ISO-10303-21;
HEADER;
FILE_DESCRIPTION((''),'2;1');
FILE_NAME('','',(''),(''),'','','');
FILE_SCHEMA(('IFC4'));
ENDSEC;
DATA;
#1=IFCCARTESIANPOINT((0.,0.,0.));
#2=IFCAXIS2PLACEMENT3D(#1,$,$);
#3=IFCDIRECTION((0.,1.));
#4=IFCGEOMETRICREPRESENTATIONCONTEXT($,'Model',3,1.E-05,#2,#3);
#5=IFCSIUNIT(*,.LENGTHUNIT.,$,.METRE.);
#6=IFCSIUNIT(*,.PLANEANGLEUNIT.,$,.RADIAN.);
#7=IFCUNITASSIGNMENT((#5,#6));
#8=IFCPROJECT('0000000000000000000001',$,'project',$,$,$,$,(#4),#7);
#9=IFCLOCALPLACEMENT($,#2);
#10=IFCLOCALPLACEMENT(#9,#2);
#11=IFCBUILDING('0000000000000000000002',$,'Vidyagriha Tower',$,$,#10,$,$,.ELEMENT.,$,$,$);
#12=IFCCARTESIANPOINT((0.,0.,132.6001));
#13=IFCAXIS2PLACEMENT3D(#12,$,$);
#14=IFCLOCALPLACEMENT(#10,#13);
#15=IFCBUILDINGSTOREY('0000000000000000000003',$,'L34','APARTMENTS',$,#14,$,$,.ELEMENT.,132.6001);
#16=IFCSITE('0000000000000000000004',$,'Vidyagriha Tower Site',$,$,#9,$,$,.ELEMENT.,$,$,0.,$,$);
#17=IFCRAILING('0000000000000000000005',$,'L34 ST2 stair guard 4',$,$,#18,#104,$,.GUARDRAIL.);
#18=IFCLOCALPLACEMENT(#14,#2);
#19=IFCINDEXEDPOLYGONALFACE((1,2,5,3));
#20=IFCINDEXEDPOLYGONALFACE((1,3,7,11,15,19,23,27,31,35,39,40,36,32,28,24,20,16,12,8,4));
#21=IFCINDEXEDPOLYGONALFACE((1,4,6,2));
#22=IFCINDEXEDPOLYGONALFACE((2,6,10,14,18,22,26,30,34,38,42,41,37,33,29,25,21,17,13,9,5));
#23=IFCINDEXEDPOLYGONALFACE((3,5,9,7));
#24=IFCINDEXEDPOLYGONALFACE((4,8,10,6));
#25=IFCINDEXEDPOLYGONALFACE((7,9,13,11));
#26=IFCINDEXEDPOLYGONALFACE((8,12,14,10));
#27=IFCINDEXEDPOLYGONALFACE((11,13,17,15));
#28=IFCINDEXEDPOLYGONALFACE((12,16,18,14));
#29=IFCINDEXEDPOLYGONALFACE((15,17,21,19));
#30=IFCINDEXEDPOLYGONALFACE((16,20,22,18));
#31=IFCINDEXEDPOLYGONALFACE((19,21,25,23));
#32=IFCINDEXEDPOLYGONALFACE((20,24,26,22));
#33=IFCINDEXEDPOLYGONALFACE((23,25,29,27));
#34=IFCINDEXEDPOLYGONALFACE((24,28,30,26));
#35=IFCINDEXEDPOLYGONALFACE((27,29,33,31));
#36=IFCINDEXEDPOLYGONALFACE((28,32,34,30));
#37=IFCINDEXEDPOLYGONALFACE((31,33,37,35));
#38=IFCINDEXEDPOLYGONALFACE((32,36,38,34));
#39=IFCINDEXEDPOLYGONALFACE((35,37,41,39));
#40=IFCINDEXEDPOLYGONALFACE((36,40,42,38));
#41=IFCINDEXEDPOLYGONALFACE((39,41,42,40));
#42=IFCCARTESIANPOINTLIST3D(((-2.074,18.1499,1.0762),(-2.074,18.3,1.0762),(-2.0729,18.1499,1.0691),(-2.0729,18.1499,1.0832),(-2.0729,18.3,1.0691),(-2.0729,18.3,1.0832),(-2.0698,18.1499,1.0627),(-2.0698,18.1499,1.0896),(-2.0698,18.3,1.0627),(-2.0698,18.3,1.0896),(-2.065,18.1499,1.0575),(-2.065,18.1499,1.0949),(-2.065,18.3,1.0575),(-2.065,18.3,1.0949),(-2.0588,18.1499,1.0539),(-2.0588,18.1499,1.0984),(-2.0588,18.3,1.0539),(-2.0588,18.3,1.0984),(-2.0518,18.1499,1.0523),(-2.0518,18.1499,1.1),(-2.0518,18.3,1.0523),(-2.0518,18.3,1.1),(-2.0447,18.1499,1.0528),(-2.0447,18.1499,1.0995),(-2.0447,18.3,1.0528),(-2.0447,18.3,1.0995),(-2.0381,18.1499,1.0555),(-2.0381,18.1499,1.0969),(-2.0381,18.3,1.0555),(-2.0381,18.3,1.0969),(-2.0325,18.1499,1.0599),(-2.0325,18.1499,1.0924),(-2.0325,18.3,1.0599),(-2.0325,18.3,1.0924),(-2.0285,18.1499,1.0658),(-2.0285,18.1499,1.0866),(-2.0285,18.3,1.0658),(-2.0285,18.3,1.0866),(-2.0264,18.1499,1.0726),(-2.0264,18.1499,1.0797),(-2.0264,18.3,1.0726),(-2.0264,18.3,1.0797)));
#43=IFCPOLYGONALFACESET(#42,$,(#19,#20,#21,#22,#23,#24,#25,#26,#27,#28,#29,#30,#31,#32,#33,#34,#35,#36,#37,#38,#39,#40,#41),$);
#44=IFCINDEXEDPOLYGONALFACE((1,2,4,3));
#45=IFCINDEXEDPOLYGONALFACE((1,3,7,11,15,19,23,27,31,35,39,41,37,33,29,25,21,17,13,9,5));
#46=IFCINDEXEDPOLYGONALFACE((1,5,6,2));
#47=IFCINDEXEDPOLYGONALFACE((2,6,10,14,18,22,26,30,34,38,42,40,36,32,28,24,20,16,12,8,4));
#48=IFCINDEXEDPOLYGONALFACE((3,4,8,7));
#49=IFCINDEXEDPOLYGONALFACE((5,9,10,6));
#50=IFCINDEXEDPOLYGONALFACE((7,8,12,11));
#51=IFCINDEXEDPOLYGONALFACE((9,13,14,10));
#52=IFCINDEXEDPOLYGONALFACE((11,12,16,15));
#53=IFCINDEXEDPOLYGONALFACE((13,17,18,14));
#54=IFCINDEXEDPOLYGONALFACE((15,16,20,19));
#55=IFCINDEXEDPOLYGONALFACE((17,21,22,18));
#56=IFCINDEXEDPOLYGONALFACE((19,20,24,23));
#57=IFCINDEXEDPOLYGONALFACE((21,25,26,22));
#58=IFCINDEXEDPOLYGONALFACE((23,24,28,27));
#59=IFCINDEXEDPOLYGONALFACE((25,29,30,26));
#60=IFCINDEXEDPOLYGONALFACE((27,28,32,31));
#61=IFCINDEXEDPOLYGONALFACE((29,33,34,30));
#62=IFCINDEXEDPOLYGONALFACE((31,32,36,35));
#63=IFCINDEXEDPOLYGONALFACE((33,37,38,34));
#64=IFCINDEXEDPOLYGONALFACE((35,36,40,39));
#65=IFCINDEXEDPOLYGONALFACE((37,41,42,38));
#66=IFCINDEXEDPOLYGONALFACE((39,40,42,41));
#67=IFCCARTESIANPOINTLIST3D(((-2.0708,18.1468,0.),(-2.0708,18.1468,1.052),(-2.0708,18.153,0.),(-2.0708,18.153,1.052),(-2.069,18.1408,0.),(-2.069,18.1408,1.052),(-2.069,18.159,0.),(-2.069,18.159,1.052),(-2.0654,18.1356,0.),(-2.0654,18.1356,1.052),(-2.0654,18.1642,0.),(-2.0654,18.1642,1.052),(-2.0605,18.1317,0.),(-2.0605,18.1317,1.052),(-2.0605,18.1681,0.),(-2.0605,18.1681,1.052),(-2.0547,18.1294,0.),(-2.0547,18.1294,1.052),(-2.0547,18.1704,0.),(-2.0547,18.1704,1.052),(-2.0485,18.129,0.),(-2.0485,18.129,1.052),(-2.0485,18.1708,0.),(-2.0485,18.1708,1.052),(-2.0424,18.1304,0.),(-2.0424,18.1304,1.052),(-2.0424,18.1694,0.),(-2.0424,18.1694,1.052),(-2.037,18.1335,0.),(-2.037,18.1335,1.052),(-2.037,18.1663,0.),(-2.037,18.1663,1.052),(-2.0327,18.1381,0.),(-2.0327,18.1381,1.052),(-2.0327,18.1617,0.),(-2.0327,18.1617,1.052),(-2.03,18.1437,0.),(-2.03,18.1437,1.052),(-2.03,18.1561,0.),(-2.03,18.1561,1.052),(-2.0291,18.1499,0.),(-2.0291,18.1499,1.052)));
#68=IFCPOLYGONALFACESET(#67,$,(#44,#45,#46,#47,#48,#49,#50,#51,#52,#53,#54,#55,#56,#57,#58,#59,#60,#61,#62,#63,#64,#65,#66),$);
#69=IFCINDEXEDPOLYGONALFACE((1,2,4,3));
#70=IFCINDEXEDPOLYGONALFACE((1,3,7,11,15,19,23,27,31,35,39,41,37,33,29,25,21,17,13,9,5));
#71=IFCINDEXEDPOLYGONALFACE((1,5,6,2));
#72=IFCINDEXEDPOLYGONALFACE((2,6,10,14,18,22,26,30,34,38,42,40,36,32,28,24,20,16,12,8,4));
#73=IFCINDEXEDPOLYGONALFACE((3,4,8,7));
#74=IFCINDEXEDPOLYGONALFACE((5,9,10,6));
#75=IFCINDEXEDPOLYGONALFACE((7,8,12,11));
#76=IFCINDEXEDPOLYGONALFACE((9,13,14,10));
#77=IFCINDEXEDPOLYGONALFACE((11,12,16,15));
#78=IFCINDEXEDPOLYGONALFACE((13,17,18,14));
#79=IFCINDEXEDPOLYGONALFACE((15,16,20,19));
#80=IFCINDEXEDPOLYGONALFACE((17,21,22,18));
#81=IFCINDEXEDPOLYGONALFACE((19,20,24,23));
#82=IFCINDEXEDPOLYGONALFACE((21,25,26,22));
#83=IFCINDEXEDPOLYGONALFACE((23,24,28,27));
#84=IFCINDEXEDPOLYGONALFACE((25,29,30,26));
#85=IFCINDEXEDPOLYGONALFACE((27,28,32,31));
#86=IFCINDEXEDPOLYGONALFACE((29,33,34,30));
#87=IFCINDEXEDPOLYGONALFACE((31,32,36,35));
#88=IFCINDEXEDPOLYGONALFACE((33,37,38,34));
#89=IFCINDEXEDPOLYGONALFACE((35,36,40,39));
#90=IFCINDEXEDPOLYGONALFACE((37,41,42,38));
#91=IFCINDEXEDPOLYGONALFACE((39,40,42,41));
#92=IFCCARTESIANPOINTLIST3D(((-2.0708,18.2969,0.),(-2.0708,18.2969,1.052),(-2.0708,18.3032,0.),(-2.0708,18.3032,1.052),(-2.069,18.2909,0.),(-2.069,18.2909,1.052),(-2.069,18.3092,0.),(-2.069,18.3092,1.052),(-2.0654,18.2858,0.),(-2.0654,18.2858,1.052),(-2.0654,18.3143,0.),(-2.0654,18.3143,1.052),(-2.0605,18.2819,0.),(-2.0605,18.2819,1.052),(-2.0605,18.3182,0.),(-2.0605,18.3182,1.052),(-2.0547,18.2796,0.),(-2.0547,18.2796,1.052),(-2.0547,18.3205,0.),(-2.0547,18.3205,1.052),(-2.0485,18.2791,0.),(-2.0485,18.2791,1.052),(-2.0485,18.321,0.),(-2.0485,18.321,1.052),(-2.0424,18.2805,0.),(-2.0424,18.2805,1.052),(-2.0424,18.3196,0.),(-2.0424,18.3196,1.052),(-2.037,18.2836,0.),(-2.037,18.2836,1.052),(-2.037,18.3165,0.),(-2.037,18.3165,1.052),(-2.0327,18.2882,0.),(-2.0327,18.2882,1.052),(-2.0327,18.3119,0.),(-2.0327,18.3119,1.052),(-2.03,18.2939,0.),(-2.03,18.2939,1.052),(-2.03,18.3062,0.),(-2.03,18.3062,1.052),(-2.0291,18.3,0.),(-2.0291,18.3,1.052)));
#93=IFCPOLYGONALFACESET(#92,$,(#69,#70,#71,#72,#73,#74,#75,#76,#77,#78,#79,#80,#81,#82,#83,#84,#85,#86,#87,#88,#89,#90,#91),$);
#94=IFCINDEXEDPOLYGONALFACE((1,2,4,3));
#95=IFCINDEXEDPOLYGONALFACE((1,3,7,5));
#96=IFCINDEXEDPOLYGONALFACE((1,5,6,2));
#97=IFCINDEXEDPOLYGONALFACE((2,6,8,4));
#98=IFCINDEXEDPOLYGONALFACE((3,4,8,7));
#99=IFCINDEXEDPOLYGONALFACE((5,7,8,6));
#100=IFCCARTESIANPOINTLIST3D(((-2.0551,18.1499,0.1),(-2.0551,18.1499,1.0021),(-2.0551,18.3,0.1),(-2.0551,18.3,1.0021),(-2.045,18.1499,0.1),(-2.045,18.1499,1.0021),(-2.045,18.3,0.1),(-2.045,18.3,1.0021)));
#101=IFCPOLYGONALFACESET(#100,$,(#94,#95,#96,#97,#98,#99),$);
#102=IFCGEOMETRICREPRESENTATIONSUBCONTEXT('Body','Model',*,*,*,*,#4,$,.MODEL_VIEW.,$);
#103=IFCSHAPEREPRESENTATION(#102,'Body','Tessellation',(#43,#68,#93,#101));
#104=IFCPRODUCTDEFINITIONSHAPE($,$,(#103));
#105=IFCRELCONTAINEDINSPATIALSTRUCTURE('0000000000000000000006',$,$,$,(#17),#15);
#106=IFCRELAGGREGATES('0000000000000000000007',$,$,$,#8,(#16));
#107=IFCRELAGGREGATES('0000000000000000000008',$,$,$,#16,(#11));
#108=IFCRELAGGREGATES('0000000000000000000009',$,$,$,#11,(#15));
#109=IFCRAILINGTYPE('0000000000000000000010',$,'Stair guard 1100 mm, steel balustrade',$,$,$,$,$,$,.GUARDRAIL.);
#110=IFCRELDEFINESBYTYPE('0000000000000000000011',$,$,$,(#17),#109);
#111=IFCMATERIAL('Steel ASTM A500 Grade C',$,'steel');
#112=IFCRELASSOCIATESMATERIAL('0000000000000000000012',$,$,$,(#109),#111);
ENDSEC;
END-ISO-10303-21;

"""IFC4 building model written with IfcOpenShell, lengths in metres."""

from ifc_helpers import new_model, si_unit, direction, frame, origin, origin_2d, place, context, subcontext, project, spatial, rectangle, circle, extrude, material, type_object, element, save


model = new_model("IFC4")

# Units and contexts
model_context = context("Model", 3, precision=1e-05, world=origin(), true_north=direction((0.0, 1.0)))
body_context = subcontext(model_context, "Body", "Model", "MODEL_VIEW")
ifc_project = project(units=[si_unit("LENGTHUNIT", "METRE"), si_unit("PLANEANGLEUNIT", "RADIAN")], contexts=[model_context])

# Site, building, storey
site_placement = place(None, origin())
site = spatial("IfcSite", under=ifc_project, at=site_placement, Name="Vidyagriha Tower Site", CompositionType="ELEMENT", RefElevation=0.0)
building_placement = place(site_placement, origin())
building = spatial("IfcBuilding", under=site, at=building_placement, Name="Vidyagriha Tower", CompositionType="ELEMENT")
storey_placement = place(building_placement, frame((0.0, 0.0, 132.6001)))
storey = spatial("IfcBuildingStorey", under=building, at=storey_placement, Name="L34", Description="APARTMENTS", CompositionType="ELEMENT", Elevation=132.6001)

# Railing
ifc_material_1 = material(Name="Steel ASTM A500 Grade C", Category="steel")
railing_type_1 = type_object("IfcRailingType", Name="Stair guard 1100 mm, steel balustrade", PredefinedType="GUARDRAIL", material=ifc_material_1)
railing_1_placement = place(storey_placement, frame((-2.05, 18.1499, 0.0)))
element("IfcRailing", 1, at=railing_1_placement, inside=storey, type_object=railing_type_1, Name="L34 ST2 stair guard 4", PredefinedType="GUARDRAIL", context=body_context, shape_type="SweptSolid", body=[
    extrude(circle(Radius=0.0239, at=origin_2d()), frame((0.0, 0.0, 1.0762), z_axis=(0.0, 1.0, 0.0), x_axis=(-1.0, 0.0, 0.0)), (0.0, 0.0, 1.0), 0.1501),
    extrude(circle(Radius=0.021, at=origin_2d()), origin(), (0.0, 0.0, 1.0), 1.052),
    extrude(circle(Radius=0.021, at=origin_2d()), frame((0.0, 0.1501, 0.0)), (0.0, 0.0, 1.0), 1.052),
    extrude(rectangle(XDim=0.01, YDim=0.9021, at=origin_2d()), frame((0.0, 0.0, 0.551), z_axis=(0.0, 1.0, 0.0), x_axis=(-1.0, 0.0, 0.0)), (0.0, 0.0, 1.0), 0.1501),
])

save(model, "model.ifc")
